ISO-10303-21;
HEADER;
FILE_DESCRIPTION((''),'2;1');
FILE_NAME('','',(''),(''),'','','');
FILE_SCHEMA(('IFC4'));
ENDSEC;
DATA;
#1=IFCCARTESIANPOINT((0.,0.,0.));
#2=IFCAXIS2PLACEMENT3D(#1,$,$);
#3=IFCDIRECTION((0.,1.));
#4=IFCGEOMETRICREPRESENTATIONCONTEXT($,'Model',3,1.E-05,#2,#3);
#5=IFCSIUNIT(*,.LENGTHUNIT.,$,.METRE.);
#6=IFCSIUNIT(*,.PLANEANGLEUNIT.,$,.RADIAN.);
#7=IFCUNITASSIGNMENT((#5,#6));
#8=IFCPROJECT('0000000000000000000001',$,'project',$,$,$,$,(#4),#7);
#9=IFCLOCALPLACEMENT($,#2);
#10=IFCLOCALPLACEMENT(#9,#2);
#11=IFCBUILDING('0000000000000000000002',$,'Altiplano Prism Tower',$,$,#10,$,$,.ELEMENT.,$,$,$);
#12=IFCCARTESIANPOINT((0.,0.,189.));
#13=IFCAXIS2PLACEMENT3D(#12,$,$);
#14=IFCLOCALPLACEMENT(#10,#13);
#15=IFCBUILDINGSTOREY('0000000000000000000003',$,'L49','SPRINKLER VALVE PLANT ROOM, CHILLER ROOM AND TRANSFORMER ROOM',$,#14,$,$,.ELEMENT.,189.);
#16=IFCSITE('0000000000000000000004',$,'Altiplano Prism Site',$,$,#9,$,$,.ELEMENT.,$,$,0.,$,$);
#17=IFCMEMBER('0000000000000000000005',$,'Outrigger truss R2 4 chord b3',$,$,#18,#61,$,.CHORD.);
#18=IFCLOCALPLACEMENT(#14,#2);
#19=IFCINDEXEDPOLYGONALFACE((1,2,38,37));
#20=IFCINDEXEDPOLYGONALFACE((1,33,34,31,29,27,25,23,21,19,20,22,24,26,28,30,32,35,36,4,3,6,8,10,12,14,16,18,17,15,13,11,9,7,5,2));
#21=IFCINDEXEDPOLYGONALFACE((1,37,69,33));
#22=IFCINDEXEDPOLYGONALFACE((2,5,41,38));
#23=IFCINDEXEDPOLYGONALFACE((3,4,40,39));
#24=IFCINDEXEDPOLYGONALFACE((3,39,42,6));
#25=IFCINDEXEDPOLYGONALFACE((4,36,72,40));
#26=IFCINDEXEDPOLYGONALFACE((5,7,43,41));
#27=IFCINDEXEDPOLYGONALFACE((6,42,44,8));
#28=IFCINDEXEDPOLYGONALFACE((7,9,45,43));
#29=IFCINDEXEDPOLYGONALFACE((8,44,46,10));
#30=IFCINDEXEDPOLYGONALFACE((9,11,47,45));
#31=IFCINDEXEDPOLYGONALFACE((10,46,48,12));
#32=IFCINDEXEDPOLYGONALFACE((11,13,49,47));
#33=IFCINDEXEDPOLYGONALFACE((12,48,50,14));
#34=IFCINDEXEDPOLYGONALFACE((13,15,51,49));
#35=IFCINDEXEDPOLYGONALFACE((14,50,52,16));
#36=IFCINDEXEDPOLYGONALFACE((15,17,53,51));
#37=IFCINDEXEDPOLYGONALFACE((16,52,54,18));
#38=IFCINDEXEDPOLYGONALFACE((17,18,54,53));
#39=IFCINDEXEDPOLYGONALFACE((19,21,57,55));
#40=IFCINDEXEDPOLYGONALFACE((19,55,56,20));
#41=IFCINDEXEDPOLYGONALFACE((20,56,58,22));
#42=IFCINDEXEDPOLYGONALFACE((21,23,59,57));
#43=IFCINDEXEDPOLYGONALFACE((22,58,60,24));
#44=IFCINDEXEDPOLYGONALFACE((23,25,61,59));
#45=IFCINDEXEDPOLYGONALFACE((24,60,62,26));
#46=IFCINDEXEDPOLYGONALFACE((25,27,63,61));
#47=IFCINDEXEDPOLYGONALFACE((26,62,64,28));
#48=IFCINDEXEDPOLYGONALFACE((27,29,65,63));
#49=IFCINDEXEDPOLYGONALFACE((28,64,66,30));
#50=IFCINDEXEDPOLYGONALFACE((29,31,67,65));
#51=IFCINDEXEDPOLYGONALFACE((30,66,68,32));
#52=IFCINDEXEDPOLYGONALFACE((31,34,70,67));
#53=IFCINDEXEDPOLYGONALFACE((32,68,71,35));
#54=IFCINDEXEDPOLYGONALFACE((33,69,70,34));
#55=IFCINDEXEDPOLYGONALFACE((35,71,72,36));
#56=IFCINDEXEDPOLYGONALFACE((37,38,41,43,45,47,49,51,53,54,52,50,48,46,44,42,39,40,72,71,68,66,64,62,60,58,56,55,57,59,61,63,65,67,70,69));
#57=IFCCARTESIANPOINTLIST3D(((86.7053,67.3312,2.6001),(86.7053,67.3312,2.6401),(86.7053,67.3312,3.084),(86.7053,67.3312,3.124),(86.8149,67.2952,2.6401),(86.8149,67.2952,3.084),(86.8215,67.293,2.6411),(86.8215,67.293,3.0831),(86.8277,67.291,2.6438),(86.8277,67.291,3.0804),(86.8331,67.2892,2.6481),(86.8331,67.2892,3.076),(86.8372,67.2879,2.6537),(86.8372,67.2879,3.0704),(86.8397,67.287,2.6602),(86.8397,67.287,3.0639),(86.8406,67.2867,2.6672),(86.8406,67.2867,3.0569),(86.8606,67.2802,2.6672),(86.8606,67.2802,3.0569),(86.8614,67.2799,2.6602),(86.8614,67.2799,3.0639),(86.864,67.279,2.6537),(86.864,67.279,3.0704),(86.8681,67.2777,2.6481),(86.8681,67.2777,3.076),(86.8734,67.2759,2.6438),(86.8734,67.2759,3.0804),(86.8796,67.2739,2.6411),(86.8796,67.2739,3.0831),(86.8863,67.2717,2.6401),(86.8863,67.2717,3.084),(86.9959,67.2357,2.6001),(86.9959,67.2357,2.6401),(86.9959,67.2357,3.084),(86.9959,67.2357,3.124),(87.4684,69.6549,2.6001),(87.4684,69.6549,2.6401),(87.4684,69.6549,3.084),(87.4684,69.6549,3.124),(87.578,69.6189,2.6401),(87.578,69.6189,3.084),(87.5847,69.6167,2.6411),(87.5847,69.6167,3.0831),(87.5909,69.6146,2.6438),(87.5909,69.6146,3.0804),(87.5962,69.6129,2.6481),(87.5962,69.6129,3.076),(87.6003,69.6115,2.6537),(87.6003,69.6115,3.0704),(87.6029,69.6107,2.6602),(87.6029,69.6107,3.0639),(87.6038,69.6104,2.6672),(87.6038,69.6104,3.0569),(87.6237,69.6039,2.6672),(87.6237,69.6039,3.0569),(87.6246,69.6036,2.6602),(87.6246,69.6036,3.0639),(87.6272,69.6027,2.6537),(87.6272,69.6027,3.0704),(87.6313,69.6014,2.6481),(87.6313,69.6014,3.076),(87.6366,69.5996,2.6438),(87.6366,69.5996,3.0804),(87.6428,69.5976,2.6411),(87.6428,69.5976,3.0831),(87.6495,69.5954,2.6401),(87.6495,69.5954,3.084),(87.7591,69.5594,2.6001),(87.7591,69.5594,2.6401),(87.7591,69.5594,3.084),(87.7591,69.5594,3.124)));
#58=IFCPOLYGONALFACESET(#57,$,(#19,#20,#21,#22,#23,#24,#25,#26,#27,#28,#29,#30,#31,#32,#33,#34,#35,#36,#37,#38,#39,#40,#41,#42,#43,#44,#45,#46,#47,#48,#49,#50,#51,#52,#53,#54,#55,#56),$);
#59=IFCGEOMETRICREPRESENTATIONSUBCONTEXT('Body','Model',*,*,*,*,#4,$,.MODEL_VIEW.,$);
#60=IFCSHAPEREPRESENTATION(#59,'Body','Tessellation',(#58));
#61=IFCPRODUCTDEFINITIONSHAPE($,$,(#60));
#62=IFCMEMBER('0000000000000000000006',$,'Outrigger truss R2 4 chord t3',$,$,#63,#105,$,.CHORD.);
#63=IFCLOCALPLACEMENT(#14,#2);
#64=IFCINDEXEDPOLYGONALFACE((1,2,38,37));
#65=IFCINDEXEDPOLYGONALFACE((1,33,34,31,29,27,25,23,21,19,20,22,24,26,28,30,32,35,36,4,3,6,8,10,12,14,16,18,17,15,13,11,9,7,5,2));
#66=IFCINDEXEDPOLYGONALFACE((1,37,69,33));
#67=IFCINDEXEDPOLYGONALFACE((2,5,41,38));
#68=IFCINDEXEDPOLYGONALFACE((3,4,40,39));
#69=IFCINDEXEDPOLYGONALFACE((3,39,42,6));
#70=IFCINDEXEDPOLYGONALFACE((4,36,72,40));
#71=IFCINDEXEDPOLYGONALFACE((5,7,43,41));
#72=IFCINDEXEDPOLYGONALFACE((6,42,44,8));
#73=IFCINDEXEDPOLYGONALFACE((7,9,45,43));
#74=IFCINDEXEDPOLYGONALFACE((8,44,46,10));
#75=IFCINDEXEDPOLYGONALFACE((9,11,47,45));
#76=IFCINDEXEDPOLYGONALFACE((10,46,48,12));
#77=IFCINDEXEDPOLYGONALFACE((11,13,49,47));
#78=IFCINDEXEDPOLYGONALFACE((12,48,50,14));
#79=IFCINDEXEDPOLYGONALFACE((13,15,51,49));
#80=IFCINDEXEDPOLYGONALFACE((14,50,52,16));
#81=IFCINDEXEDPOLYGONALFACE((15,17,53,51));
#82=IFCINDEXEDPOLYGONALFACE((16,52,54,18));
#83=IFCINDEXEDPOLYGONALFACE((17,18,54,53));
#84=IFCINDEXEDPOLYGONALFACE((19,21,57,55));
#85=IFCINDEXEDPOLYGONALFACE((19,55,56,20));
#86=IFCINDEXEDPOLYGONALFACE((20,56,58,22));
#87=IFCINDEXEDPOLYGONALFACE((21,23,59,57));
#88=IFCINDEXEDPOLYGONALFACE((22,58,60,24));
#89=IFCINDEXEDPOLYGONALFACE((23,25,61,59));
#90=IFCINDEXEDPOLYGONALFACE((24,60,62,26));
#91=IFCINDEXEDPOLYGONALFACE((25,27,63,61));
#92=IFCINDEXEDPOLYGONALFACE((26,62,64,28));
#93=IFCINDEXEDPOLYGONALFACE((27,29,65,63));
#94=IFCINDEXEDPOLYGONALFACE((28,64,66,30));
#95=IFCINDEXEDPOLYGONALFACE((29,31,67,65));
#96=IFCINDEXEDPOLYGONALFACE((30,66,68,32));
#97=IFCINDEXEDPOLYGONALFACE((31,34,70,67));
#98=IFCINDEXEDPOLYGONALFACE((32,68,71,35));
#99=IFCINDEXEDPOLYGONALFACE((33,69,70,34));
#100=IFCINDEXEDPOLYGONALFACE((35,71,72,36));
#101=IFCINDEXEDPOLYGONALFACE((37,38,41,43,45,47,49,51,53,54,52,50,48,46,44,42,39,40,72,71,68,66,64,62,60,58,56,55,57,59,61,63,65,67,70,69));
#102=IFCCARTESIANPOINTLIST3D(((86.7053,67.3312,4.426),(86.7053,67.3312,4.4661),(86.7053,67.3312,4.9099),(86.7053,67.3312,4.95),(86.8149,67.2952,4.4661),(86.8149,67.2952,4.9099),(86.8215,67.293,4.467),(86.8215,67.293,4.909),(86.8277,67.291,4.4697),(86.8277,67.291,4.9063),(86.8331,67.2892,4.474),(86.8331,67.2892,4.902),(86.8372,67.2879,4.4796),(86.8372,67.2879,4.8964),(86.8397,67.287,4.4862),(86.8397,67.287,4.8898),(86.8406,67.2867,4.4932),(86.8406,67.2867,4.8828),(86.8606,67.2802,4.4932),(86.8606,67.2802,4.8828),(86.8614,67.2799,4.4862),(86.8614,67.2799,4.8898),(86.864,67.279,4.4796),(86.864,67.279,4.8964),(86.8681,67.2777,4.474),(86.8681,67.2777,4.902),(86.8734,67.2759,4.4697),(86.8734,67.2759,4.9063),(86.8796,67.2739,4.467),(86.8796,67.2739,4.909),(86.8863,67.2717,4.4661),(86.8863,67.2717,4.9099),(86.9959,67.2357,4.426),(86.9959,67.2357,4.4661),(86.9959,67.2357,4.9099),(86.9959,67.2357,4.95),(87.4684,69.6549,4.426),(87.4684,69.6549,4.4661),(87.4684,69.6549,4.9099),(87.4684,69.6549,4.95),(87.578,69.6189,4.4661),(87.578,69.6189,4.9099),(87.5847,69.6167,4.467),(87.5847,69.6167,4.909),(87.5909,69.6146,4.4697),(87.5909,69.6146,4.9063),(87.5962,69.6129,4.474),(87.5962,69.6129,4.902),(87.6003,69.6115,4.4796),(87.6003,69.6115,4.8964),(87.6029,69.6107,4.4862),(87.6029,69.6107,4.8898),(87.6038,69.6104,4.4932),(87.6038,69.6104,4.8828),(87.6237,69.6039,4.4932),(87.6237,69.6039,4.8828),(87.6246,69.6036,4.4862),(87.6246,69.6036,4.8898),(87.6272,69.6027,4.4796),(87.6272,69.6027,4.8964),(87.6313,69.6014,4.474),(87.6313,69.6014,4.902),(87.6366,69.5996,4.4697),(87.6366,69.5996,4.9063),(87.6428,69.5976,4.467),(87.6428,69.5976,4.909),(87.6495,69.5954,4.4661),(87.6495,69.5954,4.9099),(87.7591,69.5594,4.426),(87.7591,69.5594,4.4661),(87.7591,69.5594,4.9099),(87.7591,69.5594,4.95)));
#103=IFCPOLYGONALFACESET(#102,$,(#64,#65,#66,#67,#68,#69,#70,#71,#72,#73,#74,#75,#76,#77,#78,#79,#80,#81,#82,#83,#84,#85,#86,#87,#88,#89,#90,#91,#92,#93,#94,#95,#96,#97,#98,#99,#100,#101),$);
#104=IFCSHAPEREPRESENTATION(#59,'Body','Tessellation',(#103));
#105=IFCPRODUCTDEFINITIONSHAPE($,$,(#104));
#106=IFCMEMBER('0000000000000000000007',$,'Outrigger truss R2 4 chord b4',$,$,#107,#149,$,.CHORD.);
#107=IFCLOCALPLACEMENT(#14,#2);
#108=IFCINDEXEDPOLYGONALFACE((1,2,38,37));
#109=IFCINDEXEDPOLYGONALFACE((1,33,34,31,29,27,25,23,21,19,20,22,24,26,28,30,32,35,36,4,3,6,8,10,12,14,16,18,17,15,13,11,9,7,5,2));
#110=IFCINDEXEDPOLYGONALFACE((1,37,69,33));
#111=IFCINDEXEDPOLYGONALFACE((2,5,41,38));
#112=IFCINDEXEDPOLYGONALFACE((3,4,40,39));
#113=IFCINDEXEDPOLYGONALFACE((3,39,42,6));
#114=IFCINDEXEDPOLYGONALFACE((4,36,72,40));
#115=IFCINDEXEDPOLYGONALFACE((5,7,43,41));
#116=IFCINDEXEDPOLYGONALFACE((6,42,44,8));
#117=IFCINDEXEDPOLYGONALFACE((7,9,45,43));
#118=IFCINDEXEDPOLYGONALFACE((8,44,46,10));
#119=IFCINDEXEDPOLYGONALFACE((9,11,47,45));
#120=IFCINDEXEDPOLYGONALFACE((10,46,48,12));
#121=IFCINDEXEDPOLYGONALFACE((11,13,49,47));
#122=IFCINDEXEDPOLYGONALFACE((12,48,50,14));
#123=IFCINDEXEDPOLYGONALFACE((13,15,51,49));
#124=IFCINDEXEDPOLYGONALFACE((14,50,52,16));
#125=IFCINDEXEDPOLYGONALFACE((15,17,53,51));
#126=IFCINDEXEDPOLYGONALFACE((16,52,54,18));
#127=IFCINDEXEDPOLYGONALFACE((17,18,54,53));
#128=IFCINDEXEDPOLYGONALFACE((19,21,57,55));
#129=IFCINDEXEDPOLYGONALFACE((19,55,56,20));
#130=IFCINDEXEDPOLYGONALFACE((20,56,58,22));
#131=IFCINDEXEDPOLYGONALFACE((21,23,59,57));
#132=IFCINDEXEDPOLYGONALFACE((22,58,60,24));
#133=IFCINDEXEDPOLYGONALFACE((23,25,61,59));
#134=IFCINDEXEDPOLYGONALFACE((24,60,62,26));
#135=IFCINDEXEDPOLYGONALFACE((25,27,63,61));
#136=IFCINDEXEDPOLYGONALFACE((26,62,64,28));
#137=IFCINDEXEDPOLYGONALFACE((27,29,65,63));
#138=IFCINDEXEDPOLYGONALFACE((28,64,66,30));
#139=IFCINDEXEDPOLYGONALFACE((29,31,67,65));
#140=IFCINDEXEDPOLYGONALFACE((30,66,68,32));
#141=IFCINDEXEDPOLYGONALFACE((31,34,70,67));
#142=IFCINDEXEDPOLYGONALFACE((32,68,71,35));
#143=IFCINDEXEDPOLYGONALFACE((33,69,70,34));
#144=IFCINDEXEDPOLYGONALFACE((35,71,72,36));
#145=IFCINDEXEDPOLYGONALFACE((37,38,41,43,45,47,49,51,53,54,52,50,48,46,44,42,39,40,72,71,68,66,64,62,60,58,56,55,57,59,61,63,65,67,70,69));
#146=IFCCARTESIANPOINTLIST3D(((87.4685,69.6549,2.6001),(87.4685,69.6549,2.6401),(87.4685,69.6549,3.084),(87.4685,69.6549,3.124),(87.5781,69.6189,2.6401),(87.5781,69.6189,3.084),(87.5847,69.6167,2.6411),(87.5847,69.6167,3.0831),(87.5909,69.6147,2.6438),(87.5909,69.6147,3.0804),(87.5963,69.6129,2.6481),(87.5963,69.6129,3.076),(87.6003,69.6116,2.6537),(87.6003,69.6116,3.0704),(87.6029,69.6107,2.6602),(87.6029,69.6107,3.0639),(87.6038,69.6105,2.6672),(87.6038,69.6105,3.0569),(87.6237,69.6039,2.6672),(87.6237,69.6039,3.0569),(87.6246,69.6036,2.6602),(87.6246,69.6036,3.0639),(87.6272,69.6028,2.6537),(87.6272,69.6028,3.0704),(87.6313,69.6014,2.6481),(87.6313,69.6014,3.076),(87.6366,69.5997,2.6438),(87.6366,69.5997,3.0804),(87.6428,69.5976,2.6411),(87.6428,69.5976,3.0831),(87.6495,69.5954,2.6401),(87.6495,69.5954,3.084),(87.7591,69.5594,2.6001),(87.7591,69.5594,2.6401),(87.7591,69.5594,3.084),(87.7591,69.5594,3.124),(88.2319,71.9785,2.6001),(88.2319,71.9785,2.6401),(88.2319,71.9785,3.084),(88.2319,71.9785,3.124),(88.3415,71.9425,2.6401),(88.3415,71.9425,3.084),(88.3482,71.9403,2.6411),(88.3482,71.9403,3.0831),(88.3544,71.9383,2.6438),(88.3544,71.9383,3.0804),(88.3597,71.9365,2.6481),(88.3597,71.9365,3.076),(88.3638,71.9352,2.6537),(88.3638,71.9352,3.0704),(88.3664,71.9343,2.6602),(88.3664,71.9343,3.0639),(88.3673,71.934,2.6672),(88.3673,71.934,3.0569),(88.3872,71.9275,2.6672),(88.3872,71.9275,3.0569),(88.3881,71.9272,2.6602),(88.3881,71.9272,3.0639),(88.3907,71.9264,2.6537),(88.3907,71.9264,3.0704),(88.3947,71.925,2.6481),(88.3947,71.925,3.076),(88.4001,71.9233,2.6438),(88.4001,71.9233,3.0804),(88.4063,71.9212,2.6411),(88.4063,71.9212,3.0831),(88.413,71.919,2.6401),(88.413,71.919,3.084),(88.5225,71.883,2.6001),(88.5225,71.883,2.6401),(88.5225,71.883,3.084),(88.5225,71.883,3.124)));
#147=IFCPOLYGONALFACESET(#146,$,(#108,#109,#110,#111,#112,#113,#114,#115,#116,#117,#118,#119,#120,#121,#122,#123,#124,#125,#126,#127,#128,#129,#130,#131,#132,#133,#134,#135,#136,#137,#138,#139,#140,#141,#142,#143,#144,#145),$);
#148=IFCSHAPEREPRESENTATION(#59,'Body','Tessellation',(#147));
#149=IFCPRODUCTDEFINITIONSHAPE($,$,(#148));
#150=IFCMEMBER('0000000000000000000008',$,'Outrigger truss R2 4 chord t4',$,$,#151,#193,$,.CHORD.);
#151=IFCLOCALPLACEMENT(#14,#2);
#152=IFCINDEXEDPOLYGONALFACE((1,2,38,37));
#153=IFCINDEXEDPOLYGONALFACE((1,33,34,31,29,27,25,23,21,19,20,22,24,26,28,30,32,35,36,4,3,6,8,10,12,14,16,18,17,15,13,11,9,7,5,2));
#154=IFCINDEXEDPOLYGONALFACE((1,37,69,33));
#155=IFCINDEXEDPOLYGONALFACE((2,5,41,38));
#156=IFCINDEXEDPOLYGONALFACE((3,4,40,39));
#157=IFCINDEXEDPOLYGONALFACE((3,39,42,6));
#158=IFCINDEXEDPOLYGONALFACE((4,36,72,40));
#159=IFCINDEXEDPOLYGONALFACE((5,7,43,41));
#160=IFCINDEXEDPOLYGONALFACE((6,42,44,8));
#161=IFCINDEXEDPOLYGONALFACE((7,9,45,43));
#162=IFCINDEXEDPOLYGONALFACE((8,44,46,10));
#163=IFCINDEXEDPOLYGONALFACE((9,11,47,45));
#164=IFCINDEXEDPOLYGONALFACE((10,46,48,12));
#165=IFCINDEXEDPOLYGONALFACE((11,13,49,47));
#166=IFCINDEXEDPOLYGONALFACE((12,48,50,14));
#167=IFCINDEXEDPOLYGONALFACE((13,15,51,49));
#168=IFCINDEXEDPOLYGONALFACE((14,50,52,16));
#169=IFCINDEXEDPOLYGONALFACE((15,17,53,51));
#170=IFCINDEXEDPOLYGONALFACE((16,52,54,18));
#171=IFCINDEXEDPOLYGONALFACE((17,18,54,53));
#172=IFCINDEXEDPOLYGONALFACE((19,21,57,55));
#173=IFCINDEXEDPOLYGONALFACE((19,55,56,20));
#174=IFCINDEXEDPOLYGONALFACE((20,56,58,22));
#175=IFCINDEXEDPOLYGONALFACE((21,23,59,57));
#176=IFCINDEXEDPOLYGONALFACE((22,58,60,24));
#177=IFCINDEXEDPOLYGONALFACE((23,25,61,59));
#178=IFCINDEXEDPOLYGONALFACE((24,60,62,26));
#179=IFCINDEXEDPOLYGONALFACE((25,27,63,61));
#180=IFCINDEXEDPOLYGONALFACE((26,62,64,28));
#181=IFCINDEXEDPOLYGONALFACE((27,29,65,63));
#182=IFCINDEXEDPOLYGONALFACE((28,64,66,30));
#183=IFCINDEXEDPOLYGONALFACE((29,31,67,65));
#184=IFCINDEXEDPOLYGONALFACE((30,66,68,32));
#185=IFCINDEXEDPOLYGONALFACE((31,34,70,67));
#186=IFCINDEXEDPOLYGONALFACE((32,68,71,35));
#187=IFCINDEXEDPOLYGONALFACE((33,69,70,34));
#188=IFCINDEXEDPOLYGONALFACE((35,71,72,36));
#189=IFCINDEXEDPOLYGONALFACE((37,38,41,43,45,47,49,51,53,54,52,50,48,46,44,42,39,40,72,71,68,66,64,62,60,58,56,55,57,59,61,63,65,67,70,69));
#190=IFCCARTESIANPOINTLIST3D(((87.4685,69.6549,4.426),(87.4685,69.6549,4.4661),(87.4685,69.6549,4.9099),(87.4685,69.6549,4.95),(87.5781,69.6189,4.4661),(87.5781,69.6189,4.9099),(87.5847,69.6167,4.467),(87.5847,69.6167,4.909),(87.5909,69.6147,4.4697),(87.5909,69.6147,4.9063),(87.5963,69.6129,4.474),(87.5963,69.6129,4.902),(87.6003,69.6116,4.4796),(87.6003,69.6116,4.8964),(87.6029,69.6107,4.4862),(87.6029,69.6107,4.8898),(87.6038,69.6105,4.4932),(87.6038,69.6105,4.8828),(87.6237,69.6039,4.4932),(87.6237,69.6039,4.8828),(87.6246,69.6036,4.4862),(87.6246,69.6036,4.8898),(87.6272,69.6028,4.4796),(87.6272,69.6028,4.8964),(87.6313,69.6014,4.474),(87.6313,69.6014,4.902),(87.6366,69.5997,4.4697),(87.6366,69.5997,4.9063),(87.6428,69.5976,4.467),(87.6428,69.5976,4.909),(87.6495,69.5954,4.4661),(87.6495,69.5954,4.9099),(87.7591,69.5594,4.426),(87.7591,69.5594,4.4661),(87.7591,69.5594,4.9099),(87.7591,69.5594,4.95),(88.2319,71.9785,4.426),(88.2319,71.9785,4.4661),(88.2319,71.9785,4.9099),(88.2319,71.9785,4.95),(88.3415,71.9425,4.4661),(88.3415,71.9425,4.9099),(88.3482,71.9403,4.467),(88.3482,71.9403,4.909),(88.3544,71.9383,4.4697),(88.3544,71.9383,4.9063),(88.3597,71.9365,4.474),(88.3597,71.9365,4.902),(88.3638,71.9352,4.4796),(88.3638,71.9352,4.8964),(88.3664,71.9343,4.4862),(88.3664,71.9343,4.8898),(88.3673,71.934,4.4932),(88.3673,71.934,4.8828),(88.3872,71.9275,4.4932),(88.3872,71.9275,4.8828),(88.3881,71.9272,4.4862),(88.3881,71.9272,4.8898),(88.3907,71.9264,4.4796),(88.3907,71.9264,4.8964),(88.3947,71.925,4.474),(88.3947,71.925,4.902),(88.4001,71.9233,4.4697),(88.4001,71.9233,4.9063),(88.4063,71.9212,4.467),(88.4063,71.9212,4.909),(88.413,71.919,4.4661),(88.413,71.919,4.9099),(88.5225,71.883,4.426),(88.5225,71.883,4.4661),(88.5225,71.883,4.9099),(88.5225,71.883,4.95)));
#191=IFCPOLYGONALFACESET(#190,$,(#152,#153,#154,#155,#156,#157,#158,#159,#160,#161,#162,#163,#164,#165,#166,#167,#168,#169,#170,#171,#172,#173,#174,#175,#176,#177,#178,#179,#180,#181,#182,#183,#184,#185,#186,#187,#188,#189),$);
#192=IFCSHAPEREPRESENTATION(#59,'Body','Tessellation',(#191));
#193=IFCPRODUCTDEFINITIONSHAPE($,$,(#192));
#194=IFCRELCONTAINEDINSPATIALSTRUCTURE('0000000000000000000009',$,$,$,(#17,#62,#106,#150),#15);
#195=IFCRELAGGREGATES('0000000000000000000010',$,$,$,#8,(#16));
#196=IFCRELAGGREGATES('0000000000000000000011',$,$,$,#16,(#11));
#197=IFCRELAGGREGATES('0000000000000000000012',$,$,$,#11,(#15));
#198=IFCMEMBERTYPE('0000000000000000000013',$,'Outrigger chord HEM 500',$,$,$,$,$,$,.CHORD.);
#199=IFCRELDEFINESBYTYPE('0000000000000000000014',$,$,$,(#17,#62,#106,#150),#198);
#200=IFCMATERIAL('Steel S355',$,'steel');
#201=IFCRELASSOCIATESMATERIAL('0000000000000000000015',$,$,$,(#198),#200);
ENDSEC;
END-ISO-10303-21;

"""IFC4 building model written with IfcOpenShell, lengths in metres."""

from ifc_helpers import new_model, si_unit, direction, frame, origin, origin_2d, place, context, subcontext, project, spatial, i_section, extrude, material, material_profile, profile_set, type_object, element, save


model = new_model("IFC4")

# Units and contexts
model_context = context("Model", 3, precision=1e-05, world=origin(), true_north=direction((0.0, 1.0)))
body_context = subcontext(model_context, "Body", "Model", "MODEL_VIEW")
ifc_project = project(units=[si_unit("LENGTHUNIT", "METRE"), si_unit("PLANEANGLEUNIT", "RADIAN")], contexts=[model_context])

# Site, building, storey
site_placement = place(None, origin())
site = spatial("IfcSite", under=ifc_project, at=site_placement, Name="Altiplano Prism Site", CompositionType="ELEMENT", RefElevation=0.0)
building_placement = place(site_placement, origin())
building = spatial("IfcBuilding", under=site, at=building_placement, Name="Altiplano Prism Tower", CompositionType="ELEMENT")
storey_placement = place(building_placement, frame((0.0, 0.0, 189.0)))
storey = spatial("IfcBuildingStorey", under=building, at=storey_placement, Name="L49", Description="SPRINKLER VALVE PLANT ROOM, CHILLER ROOM AND TRANSFORMER ROOM", CompositionType="ELEMENT", Elevation=189.0)

# Shared definitions
ifc_material_1 = material(Name="Steel S355", Category="steel")

# Members
ifc_material_profile_1 = material_profile(ifc_material_1, i_section(OverallWidth=0.3059, OverallDepth=0.5239, WebThickness=0.021, FlangeThickness=0.04, FilletRadius=0.0271, at=origin_2d()), Name="Outrigger chord HEM 500")
ifc_profile_set_1 = profile_set([ifc_material_profile_1], Name="Steel S355")
member_type_1 = type_object("IfcMemberType", Name="Outrigger chord HEM 500", PredefinedType="CHORD", material=ifc_profile_set_1)
for number, where, z_axis, x_axis, name in (
    (1, (86.8506, 67.2834, 2.8621), (0.312032, 0.950071, 0.0), (-0.950071, 0.312032, 0.0), "Outrigger truss R2 4 chord b3"),
    (2, (86.8506, 67.2834, 4.688), (0.312032, 0.950071, 0.0), (-0.950071, 0.312032, 0.0), "Outrigger truss R2 4 chord t3"),
    (3, (87.6138, 69.6072, 2.8621), (0.312152, 0.950032, 0.0), (-0.950032, 0.312152, 0.0), "Outrigger truss R2 4 chord b4"),
    (4, (87.6138, 69.6072, 4.688), (0.312152, 0.950032, 0.0), (-0.950032, 0.312152, 0.0), "Outrigger truss R2 4 chord t4"),
):
    element("IfcMember", number, at=place(storey_placement, frame(where, z_axis=z_axis, x_axis=x_axis)), inside=storey, type_object=member_type_1, Name=name, PredefinedType="CHORD", context=body_context, shape_type="SweptSolid", body=[
        extrude(i_section(OverallWidth=0.3059, OverallDepth=0.5239, WebThickness=0.021, FlangeThickness=0.04, FilletRadius=0.0271, at=origin_2d()), origin(), (0.0, 0.0, 1.0), 2.4458),
    ])

save(model, "model.ifc")
